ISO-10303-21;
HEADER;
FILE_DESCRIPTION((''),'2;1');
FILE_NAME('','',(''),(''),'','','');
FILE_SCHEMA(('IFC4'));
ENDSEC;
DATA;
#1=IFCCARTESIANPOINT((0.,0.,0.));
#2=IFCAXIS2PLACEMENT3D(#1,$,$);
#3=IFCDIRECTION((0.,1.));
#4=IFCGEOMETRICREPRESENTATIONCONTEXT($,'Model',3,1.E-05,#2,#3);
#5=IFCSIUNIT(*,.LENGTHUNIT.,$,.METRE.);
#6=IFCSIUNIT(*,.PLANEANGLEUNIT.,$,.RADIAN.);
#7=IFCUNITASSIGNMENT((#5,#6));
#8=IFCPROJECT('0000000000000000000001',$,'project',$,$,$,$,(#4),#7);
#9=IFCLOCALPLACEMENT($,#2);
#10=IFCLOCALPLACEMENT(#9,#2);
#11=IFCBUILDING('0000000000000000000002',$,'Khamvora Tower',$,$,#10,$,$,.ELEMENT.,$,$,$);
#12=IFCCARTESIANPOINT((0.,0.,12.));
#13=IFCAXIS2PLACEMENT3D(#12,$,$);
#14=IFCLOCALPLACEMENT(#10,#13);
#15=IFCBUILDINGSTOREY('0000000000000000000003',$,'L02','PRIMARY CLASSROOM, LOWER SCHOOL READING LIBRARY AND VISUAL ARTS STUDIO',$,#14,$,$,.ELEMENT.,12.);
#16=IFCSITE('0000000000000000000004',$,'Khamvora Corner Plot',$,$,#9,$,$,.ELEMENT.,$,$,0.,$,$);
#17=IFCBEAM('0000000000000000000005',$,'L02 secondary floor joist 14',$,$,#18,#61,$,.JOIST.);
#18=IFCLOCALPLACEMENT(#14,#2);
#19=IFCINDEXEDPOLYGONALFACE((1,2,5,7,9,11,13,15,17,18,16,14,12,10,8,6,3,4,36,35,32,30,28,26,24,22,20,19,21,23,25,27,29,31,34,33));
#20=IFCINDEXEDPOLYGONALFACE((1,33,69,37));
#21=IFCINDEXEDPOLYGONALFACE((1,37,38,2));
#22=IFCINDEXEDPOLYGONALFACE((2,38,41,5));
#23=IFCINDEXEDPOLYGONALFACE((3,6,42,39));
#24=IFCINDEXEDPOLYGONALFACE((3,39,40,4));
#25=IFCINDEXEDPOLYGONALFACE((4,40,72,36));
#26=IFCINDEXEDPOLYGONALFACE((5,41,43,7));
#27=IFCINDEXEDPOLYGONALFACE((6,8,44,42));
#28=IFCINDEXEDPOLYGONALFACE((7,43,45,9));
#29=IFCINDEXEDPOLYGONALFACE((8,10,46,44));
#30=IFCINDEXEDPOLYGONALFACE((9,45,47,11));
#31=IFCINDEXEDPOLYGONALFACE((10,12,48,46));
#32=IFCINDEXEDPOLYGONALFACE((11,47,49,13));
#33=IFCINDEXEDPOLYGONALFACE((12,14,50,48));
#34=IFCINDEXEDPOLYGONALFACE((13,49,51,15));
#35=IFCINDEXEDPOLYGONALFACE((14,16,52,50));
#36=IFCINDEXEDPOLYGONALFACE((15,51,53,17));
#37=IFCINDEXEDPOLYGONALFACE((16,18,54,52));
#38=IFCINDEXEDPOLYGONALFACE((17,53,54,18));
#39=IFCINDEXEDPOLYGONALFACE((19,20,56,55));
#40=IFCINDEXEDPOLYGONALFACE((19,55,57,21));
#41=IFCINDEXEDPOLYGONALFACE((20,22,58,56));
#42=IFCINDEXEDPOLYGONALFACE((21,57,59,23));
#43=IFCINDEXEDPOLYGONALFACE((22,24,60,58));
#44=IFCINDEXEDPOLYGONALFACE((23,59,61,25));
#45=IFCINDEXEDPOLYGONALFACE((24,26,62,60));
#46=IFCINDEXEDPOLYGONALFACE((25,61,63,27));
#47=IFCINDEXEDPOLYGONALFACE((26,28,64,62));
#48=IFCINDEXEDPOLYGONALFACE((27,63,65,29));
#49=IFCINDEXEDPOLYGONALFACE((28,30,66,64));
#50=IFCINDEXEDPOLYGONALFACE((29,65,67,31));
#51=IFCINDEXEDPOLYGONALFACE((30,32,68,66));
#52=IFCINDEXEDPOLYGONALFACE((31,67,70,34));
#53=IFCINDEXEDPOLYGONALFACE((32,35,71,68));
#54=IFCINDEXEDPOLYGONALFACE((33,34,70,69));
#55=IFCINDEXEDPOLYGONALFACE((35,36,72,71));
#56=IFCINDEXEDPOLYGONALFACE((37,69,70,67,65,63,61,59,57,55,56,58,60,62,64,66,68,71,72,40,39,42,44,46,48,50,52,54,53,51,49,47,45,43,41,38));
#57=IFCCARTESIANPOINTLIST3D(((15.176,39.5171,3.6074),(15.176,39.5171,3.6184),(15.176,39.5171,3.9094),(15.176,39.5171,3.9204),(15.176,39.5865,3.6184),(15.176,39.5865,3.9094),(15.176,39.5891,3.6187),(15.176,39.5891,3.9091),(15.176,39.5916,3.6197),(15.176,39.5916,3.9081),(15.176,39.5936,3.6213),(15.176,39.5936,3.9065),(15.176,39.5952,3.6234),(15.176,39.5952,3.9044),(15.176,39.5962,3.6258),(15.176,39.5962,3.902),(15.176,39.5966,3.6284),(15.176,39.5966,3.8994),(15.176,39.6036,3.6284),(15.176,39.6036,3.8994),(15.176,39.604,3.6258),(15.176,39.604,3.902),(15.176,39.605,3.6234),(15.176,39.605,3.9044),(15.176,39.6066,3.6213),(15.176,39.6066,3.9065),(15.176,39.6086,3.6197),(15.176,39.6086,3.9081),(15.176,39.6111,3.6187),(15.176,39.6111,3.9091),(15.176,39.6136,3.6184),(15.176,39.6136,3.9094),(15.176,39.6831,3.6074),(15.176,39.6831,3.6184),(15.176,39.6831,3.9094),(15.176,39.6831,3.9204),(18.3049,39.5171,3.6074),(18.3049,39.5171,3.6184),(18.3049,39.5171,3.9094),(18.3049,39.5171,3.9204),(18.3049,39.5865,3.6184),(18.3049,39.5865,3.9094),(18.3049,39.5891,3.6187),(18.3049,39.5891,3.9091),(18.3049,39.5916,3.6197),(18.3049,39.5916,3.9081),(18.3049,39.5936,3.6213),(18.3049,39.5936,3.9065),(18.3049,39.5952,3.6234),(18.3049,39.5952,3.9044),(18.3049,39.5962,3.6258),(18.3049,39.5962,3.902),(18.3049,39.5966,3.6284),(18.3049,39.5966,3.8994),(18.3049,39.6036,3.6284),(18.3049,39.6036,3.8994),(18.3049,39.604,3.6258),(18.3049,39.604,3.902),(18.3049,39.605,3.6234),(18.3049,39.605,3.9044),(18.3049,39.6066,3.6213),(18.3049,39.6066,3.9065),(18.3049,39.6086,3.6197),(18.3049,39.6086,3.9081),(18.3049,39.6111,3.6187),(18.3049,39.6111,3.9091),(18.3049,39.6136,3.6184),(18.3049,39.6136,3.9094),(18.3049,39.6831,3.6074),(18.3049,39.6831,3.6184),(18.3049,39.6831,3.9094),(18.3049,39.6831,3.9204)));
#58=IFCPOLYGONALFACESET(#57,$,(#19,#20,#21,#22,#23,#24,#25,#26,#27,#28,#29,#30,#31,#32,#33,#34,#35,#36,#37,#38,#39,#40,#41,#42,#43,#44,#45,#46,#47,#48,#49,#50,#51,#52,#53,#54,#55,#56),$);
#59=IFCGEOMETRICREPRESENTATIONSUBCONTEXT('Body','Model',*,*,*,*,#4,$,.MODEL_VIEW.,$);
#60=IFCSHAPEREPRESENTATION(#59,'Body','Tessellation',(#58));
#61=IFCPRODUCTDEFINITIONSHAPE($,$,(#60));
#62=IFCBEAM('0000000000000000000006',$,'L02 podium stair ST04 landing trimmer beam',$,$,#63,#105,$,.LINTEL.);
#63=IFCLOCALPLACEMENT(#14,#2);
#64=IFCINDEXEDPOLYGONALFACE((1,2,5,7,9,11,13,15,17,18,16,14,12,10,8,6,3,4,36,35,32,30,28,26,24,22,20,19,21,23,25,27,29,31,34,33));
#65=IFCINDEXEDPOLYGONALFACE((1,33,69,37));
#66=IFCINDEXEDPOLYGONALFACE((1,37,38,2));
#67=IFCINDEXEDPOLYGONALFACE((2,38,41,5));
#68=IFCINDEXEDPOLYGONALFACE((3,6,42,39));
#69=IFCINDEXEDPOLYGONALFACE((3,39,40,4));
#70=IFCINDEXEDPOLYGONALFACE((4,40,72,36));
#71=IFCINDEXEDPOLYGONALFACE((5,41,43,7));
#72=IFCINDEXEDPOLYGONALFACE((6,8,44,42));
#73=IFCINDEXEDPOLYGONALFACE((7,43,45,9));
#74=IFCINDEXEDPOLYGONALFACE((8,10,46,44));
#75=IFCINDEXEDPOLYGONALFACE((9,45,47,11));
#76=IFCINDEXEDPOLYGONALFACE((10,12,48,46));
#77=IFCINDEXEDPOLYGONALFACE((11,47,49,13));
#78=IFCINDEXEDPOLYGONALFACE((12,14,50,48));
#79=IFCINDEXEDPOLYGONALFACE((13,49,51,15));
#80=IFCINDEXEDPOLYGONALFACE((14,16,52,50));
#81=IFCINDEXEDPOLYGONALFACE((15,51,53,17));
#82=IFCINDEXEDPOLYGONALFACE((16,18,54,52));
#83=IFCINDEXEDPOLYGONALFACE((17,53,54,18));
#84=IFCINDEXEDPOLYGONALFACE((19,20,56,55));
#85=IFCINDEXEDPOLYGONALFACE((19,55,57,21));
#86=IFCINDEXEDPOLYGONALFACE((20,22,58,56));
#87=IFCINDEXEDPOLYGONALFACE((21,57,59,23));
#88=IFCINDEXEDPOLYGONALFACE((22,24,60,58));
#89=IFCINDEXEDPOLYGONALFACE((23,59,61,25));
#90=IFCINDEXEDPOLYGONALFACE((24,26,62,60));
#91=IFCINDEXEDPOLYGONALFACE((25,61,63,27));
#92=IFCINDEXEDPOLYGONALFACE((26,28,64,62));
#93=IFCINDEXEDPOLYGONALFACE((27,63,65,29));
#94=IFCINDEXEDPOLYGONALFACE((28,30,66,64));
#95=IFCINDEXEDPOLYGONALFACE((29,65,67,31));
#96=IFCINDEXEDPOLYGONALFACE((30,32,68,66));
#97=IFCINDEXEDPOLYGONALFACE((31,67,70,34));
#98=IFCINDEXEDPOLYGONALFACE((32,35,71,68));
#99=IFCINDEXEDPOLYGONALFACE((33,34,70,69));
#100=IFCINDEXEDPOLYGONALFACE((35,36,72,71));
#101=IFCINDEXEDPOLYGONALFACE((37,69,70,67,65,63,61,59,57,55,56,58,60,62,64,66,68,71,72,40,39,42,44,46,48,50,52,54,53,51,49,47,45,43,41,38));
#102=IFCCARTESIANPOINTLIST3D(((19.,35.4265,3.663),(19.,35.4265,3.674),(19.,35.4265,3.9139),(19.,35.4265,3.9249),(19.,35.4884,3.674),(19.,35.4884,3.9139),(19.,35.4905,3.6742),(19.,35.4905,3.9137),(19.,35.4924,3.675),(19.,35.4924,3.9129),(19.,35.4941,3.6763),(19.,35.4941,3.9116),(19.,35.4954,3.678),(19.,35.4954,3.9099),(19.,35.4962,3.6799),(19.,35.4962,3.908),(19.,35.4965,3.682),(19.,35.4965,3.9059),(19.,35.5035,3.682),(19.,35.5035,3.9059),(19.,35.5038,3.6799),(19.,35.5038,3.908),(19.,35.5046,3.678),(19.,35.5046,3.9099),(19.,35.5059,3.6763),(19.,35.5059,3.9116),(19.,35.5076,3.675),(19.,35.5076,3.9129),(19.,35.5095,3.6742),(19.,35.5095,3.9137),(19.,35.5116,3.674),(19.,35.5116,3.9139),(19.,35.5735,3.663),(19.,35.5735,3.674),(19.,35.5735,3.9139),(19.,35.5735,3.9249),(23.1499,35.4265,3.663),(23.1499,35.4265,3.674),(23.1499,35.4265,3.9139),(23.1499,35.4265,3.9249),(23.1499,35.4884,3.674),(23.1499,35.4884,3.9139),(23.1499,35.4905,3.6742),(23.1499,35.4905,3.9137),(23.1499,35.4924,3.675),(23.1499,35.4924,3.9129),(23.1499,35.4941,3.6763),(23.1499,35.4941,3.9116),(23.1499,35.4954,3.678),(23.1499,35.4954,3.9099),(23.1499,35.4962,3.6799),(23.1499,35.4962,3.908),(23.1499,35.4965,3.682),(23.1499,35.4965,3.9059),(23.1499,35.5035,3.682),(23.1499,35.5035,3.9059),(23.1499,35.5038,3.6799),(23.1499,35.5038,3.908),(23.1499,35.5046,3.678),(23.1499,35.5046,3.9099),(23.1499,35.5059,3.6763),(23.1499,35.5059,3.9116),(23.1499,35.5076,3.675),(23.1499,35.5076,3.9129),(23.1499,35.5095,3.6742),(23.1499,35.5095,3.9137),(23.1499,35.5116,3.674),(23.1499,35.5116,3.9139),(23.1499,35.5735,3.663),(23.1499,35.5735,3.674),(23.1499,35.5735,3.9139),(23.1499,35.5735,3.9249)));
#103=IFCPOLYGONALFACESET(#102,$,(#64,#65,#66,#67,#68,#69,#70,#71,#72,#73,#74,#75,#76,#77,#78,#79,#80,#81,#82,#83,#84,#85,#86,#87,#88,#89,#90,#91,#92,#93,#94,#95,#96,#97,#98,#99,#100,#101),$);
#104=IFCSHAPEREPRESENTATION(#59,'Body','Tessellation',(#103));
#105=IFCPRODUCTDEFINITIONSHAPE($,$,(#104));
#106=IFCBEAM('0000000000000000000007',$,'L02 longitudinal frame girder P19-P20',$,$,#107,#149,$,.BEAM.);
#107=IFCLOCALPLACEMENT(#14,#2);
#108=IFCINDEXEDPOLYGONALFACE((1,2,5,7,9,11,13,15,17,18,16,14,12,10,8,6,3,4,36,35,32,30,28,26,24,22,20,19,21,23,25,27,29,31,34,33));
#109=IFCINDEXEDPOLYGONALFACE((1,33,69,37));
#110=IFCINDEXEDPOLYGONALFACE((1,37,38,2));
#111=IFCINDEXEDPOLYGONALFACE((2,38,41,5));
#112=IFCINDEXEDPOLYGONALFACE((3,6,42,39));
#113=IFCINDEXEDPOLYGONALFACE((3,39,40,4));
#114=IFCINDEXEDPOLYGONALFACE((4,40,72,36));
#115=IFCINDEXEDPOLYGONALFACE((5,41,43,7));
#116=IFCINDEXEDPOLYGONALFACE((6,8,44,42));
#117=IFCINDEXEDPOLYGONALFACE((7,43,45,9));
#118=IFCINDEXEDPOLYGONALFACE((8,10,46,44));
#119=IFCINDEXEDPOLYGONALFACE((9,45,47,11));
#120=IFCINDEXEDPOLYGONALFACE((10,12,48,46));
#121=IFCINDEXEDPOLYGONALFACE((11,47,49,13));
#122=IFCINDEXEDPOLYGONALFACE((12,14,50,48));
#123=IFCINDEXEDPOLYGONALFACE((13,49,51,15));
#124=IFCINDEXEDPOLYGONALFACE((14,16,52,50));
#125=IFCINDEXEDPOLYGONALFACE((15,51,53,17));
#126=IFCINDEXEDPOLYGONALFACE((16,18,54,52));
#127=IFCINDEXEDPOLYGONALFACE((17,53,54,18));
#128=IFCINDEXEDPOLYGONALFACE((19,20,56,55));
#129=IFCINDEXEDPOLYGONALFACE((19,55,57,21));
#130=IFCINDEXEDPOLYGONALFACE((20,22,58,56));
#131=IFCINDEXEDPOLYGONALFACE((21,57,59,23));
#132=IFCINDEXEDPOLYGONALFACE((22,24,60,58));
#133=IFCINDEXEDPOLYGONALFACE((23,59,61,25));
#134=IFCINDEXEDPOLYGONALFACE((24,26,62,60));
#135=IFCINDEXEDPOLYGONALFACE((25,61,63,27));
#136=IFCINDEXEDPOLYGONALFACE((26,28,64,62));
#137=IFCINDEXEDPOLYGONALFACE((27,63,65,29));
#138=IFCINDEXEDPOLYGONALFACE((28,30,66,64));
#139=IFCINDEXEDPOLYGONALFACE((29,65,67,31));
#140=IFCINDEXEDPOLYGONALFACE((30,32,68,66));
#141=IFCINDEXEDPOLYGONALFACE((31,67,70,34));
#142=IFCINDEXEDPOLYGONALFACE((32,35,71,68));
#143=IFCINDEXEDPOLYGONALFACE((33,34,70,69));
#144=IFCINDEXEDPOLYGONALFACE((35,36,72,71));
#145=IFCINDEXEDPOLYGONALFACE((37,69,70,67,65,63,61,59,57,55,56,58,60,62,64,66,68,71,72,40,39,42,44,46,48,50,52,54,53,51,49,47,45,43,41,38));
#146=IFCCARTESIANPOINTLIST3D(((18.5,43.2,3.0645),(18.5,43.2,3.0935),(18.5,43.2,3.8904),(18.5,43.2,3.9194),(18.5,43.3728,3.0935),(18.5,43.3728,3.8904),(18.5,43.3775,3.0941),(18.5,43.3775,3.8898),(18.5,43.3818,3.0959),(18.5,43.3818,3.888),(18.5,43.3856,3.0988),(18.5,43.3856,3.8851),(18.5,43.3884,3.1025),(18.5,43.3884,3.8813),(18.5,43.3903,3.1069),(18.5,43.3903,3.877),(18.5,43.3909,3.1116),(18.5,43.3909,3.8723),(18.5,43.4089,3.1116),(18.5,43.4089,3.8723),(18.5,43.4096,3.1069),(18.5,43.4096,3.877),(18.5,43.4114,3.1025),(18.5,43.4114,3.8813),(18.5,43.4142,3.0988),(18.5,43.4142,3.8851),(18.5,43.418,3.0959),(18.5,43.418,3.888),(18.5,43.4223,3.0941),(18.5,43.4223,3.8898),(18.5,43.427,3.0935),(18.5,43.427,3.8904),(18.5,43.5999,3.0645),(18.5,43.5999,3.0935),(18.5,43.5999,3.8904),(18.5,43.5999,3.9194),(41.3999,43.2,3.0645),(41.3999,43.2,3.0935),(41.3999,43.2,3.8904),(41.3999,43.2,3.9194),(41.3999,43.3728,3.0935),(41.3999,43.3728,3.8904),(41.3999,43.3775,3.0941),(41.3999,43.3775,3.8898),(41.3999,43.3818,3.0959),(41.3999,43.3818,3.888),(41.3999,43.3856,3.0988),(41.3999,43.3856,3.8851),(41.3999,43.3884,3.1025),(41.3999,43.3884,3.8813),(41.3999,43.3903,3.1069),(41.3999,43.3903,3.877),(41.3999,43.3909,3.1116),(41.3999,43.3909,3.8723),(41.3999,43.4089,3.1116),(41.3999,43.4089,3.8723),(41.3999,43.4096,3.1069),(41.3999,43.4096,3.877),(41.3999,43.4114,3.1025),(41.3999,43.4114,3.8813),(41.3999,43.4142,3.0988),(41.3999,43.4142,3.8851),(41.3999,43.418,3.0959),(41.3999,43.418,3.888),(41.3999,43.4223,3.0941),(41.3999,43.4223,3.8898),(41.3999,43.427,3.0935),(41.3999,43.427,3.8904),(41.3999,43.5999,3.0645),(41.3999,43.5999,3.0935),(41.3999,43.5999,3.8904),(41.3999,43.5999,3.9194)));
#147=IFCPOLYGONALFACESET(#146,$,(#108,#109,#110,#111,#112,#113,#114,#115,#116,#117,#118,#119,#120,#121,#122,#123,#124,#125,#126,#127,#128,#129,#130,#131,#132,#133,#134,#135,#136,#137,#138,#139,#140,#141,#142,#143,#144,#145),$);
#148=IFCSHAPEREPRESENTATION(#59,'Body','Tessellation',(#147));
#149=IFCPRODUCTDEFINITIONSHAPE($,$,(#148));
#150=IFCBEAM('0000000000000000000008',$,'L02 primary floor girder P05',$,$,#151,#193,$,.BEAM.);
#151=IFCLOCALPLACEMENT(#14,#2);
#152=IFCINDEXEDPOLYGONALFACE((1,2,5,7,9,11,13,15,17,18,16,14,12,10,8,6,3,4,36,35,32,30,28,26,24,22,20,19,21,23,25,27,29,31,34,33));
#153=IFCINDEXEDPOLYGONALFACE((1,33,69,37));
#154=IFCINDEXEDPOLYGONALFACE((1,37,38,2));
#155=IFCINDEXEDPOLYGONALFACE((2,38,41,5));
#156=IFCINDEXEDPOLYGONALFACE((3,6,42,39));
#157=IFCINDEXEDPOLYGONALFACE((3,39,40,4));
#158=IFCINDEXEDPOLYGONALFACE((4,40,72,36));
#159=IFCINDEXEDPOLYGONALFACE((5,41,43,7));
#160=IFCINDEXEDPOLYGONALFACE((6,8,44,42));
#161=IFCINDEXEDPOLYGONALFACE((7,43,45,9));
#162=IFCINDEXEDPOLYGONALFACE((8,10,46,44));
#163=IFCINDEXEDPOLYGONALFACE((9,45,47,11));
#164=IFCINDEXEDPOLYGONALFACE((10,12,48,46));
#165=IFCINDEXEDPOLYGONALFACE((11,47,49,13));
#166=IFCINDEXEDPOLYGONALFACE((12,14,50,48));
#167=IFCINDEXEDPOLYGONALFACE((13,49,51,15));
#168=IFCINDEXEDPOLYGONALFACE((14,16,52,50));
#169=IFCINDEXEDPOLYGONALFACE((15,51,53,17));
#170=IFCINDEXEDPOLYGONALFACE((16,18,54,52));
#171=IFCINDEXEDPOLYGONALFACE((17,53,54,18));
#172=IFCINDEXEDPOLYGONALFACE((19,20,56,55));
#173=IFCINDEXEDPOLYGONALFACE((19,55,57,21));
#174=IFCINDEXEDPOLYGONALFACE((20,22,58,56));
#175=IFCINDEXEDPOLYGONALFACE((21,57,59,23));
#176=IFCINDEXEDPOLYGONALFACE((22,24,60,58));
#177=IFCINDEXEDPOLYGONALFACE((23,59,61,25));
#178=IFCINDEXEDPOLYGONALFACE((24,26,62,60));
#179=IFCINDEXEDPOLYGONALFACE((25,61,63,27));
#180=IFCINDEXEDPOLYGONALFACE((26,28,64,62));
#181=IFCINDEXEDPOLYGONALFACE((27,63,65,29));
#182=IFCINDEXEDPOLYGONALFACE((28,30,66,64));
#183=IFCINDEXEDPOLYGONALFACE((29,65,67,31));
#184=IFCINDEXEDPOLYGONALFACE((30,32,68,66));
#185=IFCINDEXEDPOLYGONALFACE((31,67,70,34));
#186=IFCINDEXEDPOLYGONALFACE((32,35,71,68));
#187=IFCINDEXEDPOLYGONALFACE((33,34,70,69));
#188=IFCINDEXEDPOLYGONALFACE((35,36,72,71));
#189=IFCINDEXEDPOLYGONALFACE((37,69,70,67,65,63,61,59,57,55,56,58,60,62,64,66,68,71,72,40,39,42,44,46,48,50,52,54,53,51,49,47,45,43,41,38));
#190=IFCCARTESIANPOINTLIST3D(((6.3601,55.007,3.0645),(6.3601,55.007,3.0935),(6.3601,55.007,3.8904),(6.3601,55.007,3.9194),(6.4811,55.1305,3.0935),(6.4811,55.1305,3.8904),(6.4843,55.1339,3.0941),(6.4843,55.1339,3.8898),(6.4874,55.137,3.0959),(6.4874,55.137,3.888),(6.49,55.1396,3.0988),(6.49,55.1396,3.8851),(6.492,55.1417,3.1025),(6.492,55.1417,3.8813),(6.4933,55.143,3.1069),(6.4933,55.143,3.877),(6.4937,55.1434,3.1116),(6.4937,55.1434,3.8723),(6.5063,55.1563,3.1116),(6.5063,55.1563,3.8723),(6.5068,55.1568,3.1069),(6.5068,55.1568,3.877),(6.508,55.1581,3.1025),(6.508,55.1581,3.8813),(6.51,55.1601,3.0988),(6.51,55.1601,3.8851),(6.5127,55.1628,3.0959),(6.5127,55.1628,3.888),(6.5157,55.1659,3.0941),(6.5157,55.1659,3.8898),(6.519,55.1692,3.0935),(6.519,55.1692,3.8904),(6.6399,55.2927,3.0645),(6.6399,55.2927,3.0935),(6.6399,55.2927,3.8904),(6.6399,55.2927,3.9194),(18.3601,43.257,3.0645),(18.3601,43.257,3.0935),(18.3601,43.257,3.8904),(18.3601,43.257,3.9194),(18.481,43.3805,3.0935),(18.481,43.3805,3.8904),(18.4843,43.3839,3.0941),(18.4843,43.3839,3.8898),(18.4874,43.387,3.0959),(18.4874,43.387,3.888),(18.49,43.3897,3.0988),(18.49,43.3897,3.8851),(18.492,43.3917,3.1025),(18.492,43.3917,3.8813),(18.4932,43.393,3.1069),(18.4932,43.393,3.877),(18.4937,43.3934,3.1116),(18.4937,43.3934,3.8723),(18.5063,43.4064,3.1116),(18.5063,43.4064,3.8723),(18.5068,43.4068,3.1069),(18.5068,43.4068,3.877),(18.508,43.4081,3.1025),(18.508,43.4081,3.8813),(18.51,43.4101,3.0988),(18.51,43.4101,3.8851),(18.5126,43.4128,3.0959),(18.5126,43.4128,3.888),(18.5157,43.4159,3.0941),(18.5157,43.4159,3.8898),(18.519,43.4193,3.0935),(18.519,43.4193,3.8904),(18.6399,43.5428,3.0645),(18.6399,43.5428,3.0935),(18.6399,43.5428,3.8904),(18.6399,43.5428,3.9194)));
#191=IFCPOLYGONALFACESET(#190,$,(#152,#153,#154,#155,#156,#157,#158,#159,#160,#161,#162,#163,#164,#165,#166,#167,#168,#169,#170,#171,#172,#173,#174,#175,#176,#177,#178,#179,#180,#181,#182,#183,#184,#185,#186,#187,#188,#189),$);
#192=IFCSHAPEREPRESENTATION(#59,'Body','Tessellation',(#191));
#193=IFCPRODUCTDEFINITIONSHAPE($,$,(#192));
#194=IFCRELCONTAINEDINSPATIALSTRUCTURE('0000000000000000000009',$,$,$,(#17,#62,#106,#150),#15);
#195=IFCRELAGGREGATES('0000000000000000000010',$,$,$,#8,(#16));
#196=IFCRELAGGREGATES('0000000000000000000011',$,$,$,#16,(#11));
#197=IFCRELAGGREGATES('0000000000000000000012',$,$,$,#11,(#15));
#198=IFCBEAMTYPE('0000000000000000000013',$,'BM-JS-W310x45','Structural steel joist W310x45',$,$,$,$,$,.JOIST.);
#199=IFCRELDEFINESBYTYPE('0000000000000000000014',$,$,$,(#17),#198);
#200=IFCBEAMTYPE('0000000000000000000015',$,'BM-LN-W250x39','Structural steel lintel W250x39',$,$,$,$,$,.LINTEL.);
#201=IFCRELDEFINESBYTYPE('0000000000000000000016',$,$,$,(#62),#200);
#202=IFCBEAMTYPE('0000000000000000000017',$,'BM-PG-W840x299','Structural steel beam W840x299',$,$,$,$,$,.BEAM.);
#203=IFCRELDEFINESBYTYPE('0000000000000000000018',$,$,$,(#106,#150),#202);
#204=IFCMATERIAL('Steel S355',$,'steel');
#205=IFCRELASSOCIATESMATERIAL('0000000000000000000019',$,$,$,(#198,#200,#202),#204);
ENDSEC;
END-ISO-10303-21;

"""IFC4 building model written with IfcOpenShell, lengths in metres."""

from ifc_helpers import new_model, si_unit, direction, frame, origin, origin_2d, place, context, subcontext, project, spatial, i_section, extrude, material, material_profile, profile_set, type_object, element, save


model = new_model("IFC4")

# Units and contexts
model_context = context("Model", 3, precision=1e-05, world=origin(), true_north=direction((0.0, 1.0)))
body_context = subcontext(model_context, "Body", "Model", "MODEL_VIEW")
ifc_project = project(units=[si_unit("LENGTHUNIT", "METRE"), si_unit("PLANEANGLEUNIT", "RADIAN")], contexts=[model_context])

# Site, building, storey
site_placement = place(None, origin())
site = spatial("IfcSite", under=ifc_project, at=site_placement, Name="Khamvora Corner Plot", CompositionType="ELEMENT", RefElevation=0.0)
building_placement = place(site_placement, origin())
building = spatial("IfcBuilding", under=site, at=building_placement, Name="Khamvora Tower", CompositionType="ELEMENT")
storey_placement = place(building_placement, frame((0.0, 0.0, 12.0)))
storey = spatial("IfcBuildingStorey", under=building, at=storey_placement, Name="L02", Description="PRIMARY CLASSROOM, LOWER SCHOOL READING LIBRARY AND VISUAL ARTS STUDIO", CompositionType="ELEMENT", Elevation=12.0)

# Beams
ifc_material_1 = material(Name="Steel S355", Category="steel")
ifc_material_profile_1 = material_profile(ifc_material_1, i_section(OverallWidth=0.166, OverallDepth=0.313, WebThickness=0.0071, FlangeThickness=0.011, FilletRadius=0.01, at=origin_2d()), Name="W310x45")
ifc_profile_set_1 = profile_set([ifc_material_profile_1], Name="Steel S355")
beam_type_1 = type_object("IfcBeamType", Name="BM-JS-W310x45", Description="Structural steel joist W310x45", PredefinedType="JOIST", material=ifc_profile_set_1)
beam_1_placement = place(storey_placement, frame((15.176, 39.6001, 3.7639), z_axis=(1.0, 0.0, 0.0), x_axis=(0.0, 1.0, 0.0)))
element("IfcBeam", 1, at=beam_1_placement, inside=storey, type_object=beam_type_1, Name="L02 secondary floor joist 14", PredefinedType="JOIST", context=body_context, shape_type="SweptSolid", body=[
    extrude(i_section(OverallWidth=0.166, OverallDepth=0.313, WebThickness=0.0071, FlangeThickness=0.011, FilletRadius=0.01, at=origin_2d()), origin(), (0.0, 0.0, 1.0), 3.1289),
])
ifc_material_profile_2 = material_profile(ifc_material_1, i_section(OverallWidth=0.147, OverallDepth=0.262, WebThickness=0.0071, FlangeThickness=0.011, FilletRadius=0.0081, at=origin_2d()), Name="W250x39")
ifc_profile_set_2 = profile_set([ifc_material_profile_2], Name="Steel S355")
beam_type_2 = type_object("IfcBeamType", Name="BM-LN-W250x39", Description="Structural steel lintel W250x39", PredefinedType="LINTEL", material=ifc_profile_set_2)
beam_2_placement = place(storey_placement, frame((19.0, 35.5, 3.7939), z_axis=(1.0, 0.0, 0.0), x_axis=(0.0, 1.0, 0.0)))
element("IfcBeam", 2, at=beam_2_placement, inside=storey, type_object=beam_type_2, Name="L02 podium stair ST04 landing trimmer beam", PredefinedType="LINTEL", context=body_context, shape_type="SweptSolid", body=[
    extrude(i_section(OverallWidth=0.147, OverallDepth=0.262, WebThickness=0.0071, FlangeThickness=0.011, FilletRadius=0.0081, at=origin_2d()), origin(), (0.0, 0.0, 1.0), 4.1499),
])
ifc_material_profile_3 = material_profile(ifc_material_1, i_section(OverallWidth=0.3999, OverallDepth=0.855, WebThickness=0.0181, FlangeThickness=0.0291, FilletRadius=0.0181, at=origin_2d()), Name="W840x299")
ifc_profile_set_3 = profile_set([ifc_material_profile_3], Name="Steel S355")
beam_type_3 = type_object("IfcBeamType", Name="BM-PG-W840x299", Description="Structural steel beam W840x299", PredefinedType="BEAM", material=ifc_profile_set_3)
beam_3_placement = place(storey_placement, frame((18.5, 43.3999, 3.4919), z_axis=(1.0, 0.0, 0.0), x_axis=(0.0, 1.0, 0.0)))
element("IfcBeam", 3, at=beam_3_placement, inside=storey, type_object=beam_type_3, Name="L02 longitudinal frame girder P19-P20", PredefinedType="BEAM", context=body_context, shape_type="SweptSolid", body=[
    extrude(i_section(OverallWidth=0.3999, OverallDepth=0.855, WebThickness=0.0181, FlangeThickness=0.0291, FilletRadius=0.0181, at=origin_2d()), origin(), (0.0, 0.0, 1.0), 22.8999),
])
beam_4_placement = place(storey_placement, frame((18.5, 43.3999, 3.4919), z_axis=(-0.71451, 0.699625, 0.0), x_axis=(-0.699625, -0.71451, 0.0)))
element("IfcBeam", 4, at=beam_4_placement, inside=storey, type_object=beam_type_3, Name="L02 primary floor girder P05", PredefinedType="BEAM", context=body_context, shape_type="SweptSolid", body=[
    extrude(i_section(OverallWidth=0.3999, OverallDepth=0.855, WebThickness=0.0181, FlangeThickness=0.0291, FilletRadius=0.0181, at=origin_2d()), origin(), (0.0, 0.0, 1.0), 16.7947),
])

save(model, "model.ifc")
